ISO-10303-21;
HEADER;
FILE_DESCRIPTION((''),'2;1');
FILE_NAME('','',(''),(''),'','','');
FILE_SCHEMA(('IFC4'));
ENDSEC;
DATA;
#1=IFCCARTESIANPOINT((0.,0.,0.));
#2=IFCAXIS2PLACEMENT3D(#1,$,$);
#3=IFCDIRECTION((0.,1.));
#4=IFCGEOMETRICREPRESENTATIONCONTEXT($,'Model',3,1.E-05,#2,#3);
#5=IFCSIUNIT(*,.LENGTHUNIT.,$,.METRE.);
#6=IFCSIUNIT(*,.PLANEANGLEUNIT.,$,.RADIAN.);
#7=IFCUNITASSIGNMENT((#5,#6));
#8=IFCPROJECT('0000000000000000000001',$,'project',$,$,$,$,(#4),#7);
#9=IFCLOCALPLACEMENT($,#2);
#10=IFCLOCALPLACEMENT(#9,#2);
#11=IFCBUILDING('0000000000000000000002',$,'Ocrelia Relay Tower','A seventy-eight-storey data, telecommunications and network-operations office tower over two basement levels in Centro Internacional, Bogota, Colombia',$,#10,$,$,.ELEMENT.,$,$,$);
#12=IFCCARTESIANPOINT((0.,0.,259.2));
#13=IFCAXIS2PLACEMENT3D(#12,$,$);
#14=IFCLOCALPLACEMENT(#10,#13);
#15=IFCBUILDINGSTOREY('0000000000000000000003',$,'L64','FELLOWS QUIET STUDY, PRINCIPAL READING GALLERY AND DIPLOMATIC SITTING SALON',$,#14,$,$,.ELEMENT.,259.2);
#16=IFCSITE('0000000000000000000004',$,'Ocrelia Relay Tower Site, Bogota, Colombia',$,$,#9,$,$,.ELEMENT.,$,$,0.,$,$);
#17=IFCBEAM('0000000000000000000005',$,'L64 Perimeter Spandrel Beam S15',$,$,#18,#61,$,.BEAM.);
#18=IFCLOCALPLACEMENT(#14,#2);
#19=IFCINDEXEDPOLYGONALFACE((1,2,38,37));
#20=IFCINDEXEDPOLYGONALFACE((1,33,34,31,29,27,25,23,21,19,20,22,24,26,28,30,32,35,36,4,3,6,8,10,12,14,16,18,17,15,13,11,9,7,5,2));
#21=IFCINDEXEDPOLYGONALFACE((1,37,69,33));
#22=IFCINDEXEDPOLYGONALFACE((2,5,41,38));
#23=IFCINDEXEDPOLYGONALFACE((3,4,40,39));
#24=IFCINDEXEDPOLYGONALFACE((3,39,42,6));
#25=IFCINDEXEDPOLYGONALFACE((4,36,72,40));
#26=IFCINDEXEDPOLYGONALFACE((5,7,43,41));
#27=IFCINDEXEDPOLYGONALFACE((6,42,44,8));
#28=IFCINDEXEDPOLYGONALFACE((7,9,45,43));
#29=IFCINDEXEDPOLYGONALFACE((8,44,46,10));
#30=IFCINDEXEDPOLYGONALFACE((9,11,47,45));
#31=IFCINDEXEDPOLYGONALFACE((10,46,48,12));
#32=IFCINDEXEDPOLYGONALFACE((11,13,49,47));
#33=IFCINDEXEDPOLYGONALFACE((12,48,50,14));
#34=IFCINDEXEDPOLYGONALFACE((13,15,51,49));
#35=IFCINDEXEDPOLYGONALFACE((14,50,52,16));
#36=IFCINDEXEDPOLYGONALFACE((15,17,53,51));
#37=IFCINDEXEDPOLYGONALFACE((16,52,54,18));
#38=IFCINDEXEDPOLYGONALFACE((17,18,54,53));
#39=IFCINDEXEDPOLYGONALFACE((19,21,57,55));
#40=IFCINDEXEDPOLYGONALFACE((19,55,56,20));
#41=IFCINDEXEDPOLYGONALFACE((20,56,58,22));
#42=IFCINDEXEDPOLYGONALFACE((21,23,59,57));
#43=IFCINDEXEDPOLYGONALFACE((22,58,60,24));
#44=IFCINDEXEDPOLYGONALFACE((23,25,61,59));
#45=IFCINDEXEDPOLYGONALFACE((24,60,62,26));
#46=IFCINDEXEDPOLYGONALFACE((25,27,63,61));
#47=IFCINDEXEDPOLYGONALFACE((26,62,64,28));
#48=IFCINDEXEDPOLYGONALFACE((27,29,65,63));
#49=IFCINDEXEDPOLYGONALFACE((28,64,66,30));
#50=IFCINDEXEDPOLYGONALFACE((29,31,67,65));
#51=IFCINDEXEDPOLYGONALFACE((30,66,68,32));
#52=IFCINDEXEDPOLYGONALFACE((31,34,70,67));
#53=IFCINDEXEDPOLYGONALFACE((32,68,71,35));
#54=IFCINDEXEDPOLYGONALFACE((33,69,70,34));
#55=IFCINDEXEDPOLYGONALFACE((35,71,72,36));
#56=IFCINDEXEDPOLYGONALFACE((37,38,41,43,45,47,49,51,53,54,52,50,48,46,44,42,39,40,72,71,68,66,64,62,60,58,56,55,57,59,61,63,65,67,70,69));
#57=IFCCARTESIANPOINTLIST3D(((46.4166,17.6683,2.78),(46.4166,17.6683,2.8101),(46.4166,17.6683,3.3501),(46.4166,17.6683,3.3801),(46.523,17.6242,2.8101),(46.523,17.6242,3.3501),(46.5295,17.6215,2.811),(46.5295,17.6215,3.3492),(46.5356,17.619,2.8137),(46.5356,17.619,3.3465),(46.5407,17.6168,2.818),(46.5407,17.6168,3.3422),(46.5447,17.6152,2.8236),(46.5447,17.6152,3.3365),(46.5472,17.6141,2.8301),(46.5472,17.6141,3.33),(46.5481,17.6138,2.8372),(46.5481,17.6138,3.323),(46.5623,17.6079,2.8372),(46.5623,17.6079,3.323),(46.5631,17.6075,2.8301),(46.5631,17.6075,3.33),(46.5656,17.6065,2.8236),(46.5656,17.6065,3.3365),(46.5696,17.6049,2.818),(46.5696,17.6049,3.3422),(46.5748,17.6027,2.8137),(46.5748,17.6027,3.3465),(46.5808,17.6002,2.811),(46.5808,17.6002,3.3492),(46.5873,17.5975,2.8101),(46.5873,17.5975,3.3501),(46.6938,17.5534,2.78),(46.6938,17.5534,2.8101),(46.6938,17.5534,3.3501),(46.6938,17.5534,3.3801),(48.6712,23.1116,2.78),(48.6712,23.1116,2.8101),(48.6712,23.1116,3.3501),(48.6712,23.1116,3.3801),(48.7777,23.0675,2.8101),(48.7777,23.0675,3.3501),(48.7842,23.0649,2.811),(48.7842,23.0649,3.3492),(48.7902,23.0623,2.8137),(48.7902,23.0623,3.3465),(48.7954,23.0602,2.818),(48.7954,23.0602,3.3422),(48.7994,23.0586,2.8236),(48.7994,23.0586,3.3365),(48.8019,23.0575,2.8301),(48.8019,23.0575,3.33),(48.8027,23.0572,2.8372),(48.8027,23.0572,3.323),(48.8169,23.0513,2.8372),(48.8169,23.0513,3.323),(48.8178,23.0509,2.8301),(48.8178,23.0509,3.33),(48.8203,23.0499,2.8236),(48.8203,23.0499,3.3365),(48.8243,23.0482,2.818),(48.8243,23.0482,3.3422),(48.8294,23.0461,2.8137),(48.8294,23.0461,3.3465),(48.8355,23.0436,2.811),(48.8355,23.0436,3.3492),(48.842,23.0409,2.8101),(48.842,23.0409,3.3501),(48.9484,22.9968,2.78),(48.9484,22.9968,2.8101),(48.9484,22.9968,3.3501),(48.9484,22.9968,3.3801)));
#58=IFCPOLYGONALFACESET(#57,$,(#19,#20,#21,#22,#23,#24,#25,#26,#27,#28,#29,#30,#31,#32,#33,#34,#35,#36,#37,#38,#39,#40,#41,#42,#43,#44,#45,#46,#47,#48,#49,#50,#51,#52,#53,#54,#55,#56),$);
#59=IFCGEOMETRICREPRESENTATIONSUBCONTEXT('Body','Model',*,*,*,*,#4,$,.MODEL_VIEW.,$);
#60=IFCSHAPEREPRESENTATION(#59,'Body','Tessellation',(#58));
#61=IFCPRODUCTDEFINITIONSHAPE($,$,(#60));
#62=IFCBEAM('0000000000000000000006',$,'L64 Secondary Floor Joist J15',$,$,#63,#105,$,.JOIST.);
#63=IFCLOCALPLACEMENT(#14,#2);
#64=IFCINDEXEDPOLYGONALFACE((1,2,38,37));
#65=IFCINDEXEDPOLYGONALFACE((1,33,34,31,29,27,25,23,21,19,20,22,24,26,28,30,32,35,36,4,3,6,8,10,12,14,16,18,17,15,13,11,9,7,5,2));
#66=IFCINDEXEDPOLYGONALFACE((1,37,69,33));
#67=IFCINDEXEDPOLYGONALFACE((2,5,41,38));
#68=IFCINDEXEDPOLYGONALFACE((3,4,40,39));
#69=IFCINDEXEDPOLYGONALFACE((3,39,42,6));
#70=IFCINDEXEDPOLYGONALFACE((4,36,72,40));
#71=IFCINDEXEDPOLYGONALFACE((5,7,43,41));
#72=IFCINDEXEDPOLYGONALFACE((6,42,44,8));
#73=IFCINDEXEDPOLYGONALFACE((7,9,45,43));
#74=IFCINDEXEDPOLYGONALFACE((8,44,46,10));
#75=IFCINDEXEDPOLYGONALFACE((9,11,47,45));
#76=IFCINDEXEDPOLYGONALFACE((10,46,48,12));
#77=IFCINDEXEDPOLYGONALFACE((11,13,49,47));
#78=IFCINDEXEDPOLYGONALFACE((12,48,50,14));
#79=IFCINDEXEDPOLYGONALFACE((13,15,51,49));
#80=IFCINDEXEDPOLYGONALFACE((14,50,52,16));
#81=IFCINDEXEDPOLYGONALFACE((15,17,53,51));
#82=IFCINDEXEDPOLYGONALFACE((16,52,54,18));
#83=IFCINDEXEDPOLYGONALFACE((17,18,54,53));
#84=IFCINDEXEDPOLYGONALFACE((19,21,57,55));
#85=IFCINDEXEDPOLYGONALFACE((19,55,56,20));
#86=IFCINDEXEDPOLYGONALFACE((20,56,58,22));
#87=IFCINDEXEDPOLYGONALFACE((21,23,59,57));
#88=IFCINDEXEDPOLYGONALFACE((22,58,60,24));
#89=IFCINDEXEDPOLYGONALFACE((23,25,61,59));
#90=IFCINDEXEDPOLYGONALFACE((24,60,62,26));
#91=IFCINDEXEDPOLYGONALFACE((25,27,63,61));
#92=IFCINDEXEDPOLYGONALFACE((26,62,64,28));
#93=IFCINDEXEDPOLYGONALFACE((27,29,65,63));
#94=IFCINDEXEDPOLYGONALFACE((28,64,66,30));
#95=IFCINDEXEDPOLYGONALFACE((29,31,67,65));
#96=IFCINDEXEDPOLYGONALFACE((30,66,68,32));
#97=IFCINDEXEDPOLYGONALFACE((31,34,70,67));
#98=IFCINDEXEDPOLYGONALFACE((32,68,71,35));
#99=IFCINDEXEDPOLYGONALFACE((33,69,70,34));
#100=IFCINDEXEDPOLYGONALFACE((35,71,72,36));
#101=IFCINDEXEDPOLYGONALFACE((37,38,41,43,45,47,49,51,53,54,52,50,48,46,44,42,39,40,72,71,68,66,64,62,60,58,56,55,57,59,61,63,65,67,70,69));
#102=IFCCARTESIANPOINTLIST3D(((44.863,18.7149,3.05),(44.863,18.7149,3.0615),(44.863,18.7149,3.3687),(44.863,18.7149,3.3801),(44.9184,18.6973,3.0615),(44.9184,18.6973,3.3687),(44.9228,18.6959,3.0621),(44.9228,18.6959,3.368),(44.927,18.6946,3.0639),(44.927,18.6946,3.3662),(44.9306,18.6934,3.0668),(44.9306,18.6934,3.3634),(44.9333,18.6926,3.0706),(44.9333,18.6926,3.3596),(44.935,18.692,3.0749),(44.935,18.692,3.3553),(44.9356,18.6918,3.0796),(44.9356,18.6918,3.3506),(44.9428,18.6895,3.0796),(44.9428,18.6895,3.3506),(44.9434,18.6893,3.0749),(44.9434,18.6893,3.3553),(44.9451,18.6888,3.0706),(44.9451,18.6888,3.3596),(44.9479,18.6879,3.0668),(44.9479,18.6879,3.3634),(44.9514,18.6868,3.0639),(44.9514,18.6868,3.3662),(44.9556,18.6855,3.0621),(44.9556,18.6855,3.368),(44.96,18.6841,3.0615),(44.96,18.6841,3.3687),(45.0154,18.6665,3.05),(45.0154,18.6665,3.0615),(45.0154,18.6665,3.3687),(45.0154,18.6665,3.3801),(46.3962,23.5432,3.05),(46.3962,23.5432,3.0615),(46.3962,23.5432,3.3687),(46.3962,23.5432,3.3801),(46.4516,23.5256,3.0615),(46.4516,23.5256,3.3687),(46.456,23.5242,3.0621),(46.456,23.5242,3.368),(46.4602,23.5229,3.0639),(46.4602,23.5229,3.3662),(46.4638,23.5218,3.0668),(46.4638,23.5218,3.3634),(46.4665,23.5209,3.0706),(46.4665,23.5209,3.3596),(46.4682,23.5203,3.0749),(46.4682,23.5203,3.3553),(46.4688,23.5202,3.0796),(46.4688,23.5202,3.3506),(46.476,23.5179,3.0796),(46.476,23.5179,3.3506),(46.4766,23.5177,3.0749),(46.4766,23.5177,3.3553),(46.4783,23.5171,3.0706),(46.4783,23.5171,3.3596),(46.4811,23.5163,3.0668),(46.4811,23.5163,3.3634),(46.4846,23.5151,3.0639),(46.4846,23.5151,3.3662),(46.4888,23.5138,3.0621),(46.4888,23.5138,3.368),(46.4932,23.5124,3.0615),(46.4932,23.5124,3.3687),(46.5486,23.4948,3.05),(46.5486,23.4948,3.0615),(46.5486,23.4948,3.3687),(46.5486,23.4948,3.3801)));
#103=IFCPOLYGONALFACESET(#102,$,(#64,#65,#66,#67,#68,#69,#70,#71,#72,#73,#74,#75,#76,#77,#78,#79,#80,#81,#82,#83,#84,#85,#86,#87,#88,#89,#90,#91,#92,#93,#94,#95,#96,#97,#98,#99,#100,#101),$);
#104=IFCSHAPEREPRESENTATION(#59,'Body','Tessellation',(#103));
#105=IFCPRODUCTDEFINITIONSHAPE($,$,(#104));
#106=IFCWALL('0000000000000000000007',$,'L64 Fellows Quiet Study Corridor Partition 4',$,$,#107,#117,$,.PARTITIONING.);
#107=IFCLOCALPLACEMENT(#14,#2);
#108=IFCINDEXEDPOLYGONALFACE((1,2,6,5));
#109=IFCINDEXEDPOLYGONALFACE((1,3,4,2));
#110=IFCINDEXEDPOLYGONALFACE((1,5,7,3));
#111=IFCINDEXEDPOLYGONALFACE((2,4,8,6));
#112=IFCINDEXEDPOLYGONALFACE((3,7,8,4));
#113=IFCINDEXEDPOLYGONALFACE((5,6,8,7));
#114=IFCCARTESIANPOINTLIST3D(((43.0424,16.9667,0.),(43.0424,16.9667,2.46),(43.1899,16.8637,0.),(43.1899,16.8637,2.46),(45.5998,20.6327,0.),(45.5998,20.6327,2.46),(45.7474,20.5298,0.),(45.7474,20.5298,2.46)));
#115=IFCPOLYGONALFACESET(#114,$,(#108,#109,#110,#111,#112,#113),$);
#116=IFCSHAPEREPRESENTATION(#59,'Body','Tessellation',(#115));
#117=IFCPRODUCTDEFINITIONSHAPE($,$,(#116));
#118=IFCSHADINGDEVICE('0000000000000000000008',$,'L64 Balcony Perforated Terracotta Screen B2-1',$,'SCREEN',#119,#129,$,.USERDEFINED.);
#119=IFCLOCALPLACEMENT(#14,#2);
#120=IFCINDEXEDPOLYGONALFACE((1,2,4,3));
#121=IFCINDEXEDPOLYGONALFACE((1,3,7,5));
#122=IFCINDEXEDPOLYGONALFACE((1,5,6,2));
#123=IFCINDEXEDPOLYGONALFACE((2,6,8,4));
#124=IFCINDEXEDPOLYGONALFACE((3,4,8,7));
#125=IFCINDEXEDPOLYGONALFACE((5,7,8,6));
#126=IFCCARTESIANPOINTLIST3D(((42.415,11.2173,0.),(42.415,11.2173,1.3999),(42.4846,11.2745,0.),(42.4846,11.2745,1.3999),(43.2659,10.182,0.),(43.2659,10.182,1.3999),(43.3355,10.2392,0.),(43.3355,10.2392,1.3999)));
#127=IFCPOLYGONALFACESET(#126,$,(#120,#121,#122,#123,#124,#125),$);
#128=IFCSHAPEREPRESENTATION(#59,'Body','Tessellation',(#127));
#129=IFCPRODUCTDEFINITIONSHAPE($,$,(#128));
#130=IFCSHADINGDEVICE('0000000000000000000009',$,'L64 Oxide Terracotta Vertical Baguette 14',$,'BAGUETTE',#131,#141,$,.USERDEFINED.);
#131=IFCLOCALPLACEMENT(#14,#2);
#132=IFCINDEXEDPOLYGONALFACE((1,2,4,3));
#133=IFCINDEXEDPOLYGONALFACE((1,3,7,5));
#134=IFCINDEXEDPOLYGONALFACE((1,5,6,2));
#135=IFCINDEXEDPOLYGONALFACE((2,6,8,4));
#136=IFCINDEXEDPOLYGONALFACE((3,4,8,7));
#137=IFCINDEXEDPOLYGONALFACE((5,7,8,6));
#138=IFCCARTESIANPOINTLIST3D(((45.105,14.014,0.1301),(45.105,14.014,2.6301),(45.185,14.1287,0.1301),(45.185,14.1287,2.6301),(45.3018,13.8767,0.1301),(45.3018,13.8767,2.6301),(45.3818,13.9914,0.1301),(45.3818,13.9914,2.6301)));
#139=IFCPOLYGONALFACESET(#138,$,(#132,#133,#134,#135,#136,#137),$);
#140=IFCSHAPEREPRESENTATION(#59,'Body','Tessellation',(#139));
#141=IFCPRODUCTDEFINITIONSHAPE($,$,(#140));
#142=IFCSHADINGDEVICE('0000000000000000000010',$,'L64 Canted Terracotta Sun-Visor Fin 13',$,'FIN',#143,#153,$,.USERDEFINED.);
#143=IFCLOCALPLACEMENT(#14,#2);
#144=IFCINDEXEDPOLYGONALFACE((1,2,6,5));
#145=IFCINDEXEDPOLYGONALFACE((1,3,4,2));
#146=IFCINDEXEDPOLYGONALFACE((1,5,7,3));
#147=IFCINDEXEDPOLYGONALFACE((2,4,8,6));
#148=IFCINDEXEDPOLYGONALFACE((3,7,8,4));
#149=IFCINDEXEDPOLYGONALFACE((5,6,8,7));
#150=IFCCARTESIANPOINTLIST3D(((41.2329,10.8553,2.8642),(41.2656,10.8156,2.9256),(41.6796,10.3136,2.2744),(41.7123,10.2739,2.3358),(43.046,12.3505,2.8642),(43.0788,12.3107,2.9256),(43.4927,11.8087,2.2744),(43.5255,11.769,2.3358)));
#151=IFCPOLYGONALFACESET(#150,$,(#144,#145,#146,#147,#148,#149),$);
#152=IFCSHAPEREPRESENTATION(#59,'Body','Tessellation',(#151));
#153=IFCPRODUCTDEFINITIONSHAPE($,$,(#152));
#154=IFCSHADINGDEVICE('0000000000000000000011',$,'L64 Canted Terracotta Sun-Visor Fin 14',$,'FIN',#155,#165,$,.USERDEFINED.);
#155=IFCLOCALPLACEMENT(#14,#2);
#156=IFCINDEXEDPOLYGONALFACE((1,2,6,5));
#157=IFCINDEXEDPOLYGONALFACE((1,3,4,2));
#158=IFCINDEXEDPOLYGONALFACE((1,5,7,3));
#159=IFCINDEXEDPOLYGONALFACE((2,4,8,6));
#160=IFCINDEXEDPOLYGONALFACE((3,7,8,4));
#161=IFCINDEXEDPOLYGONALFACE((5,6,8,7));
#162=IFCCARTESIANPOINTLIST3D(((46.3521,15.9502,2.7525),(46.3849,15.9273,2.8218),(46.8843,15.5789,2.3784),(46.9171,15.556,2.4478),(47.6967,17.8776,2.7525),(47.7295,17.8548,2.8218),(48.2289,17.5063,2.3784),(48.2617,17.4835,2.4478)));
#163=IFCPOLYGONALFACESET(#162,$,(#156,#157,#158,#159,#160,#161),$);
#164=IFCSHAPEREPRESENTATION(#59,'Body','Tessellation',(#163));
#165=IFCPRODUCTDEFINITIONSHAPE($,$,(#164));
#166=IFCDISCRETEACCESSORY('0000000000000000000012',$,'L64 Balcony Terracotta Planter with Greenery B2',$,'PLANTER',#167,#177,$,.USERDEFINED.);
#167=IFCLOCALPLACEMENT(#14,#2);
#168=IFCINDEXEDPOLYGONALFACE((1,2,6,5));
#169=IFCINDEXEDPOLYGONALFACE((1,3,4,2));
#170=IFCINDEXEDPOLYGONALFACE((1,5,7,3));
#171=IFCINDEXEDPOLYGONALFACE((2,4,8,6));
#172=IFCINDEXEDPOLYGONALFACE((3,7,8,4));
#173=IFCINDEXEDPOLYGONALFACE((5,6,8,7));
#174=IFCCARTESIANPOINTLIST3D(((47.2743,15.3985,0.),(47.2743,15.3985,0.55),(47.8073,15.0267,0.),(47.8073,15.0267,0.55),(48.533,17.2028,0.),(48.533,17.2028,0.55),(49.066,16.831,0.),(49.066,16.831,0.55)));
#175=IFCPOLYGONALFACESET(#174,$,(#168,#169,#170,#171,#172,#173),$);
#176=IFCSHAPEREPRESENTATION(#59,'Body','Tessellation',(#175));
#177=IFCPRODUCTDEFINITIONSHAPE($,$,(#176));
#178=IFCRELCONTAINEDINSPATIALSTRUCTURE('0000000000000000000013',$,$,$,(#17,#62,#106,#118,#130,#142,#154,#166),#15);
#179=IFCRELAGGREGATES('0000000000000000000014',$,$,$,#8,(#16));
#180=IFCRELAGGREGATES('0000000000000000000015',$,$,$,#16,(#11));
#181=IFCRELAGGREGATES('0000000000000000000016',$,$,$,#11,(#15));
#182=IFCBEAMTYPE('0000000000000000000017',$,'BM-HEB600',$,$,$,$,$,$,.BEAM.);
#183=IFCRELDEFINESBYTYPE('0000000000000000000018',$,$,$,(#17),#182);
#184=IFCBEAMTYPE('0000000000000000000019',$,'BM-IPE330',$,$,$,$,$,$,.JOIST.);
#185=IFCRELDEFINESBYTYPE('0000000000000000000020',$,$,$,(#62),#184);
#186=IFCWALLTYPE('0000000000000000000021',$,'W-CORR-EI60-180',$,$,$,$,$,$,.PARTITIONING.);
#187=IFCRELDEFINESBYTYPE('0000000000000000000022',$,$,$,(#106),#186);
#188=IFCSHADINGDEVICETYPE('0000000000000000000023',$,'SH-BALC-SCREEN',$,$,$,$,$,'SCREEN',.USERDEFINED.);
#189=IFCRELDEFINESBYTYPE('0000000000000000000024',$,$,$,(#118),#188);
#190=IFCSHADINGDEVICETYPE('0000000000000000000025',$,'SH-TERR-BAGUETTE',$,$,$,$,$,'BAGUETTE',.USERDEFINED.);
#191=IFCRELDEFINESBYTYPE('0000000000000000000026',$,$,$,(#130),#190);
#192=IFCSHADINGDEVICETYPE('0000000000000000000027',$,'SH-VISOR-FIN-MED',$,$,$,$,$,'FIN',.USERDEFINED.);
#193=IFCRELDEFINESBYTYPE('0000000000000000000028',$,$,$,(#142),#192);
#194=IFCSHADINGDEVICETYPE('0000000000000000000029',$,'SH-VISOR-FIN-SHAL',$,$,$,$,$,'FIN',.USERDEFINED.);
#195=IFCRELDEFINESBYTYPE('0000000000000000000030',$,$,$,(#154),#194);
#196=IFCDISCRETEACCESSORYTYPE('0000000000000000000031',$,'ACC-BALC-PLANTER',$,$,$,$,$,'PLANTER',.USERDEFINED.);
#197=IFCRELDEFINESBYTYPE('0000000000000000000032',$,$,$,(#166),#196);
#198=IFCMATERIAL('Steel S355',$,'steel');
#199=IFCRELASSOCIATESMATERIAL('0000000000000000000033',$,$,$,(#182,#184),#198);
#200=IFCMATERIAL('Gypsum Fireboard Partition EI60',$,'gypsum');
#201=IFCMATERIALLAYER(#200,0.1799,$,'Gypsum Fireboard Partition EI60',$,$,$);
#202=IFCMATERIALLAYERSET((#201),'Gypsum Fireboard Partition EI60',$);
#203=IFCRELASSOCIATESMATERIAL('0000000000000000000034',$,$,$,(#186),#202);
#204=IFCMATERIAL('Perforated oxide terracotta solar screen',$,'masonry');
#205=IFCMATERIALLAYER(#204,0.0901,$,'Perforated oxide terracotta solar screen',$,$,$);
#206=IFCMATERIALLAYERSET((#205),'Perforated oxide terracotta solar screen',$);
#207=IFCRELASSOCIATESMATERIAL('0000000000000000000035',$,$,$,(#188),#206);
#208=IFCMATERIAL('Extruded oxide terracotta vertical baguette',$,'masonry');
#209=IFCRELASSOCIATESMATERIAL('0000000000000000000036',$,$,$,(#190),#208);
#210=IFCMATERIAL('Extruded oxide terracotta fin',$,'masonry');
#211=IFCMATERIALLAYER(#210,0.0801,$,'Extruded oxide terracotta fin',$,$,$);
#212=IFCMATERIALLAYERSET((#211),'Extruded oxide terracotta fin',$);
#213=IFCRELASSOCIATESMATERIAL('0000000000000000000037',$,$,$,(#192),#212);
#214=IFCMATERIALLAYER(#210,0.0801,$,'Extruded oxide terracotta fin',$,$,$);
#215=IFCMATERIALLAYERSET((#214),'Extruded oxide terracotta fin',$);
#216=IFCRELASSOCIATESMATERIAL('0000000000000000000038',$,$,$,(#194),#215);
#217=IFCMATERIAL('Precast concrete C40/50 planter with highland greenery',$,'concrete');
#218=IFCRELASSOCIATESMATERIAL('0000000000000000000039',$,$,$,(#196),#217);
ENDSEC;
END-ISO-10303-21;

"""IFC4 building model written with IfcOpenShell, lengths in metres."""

from ifc_helpers import new_model, si_unit, direction, frame, frame_2d, origin, origin_2d, place, context, subcontext, project, spatial, rectangle, i_section, extrude, material, layer, layer_set, material_profile, profile_set, type_object, element, save


model = new_model("IFC4")

# Units and contexts
model_context = context("Model", 3, precision=1e-05, world=origin(), true_north=direction((0.0, 1.0)))
body_context = subcontext(model_context, "Body", "Model", "MODEL_VIEW")
ifc_project = project(units=[si_unit("LENGTHUNIT", "METRE"), si_unit("PLANEANGLEUNIT", "RADIAN")], contexts=[model_context])

# Site, building, storey
site_placement = place(None, origin())
site = spatial("IfcSite", under=ifc_project, at=site_placement, Name="Ocrelia Relay Tower Site, Bogota, Colombia", CompositionType="ELEMENT", RefElevation=0.0)
building_placement = place(site_placement, origin())
building = spatial("IfcBuilding", under=site, at=building_placement, Name="Ocrelia Relay Tower", Description="A seventy-eight-storey data, telecommunications and network-operations office tower over two basement levels in Centro Internacional, Bogota, Colombia", CompositionType="ELEMENT")
storey_placement = place(building_placement, frame((0.0, 0.0, 259.2)))
storey = spatial("IfcBuildingStorey", under=building, at=storey_placement, Name="L64", Description="FELLOWS QUIET STUDY, PRINCIPAL READING GALLERY AND DIPLOMATIC SITTING SALON", CompositionType="ELEMENT", Elevation=259.2)

# Beams
ifc_material_1 = material(Name="Steel S355", Category="steel")
ifc_material_profile_1 = material_profile(ifc_material_1, i_section(OverallWidth=0.3, OverallDepth=0.6001, WebThickness=0.0154, FlangeThickness=0.03, FilletRadius=0.0271, at=origin_2d()), Name="HEB 600")
ifc_profile_set_1 = profile_set([ifc_material_profile_1], Name="Steel S355")
beam_type_1 = type_object("IfcBeamType", Name="BM-HEB600", PredefinedType="BEAM", material=ifc_profile_set_1)
beam_1_placement = place(storey_placement, frame((46.5552, 17.6108, 3.0801), z_axis=(0.382673, 0.923884, 0.0), x_axis=(-0.923884, 0.382673, 0.0)))
element("IfcBeam", 1, at=beam_1_placement, inside=storey, type_object=beam_type_1, Name="L64 Perimeter Spandrel Beam S15", PredefinedType="BEAM", context=body_context, shape_type="SweptSolid", body=[
    extrude(i_section(OverallWidth=0.3, OverallDepth=0.6001, WebThickness=0.0154, FlangeThickness=0.03, FilletRadius=0.0271, at=origin_2d()), origin(), (0.0, 0.0, 1.0), 5.8918),
])
ifc_material_profile_2 = material_profile(ifc_material_1, i_section(OverallWidth=0.1599, OverallDepth=0.3301, WebThickness=0.0076, FlangeThickness=0.0115, FilletRadius=0.0181, at=origin_2d()), Name="IPE 330")
ifc_profile_set_2 = profile_set([ifc_material_profile_2], Name="Steel S355")
beam_type_2 = type_object("IfcBeamType", Name="BM-IPE330", PredefinedType="JOIST", material=ifc_profile_set_2)
beam_2_placement = place(storey_placement, frame((44.9392, 18.6907, 3.2151), z_axis=(0.302649, 0.953102, 0.0), x_axis=(-0.953102, 0.302649, 0.0)))
element("IfcBeam", 2, at=beam_2_placement, inside=storey, type_object=beam_type_2, Name="L64 Secondary Floor Joist J15", PredefinedType="JOIST", context=body_context, shape_type="SweptSolid", body=[
    extrude(i_section(OverallWidth=0.1599, OverallDepth=0.3301, WebThickness=0.0076, FlangeThickness=0.0115, FilletRadius=0.0181, at=origin_2d()), origin(), (0.0, 0.0, 1.0), 5.0659),
])

# Wall
ifc_material_2 = material(Name="Gypsum Fireboard Partition EI60", Category="gypsum")
ifc_layer_1 = layer(ifc_material_2, 0.1799, Name="Gypsum Fireboard Partition EI60")
ifc_layer_set_1 = layer_set([ifc_layer_1], Name="Gypsum Fireboard Partition EI60")
wall_type_1 = type_object("IfcWallType", Name="W-CORR-EI60-180", PredefinedType="PARTITIONING", material=ifc_layer_set_1)
wall_1_placement = place(storey_placement, frame((43.1162, 16.9153, 0.0), z_axis=(0.0, 0.0, 1.0), x_axis=(0.572135, 0.82016, 0.0)))
element("IfcWall", 3, at=wall_1_placement, inside=storey, type_object=wall_type_1, Name="L64 Fellows Quiet Study Corridor Partition 4", PredefinedType="PARTITIONING", context=body_context, shape_type="SweptSolid", body=[
    extrude(rectangle(XDim=4.47, YDim=0.1799, at=frame_2d((2.2349, 0.0))), origin(), (0.0, 0.0, 1.0), 2.46),
])

# Shading devices
ifc_material_3 = material(Name="Perforated oxide terracotta solar screen", Category="masonry")
ifc_layer_2 = layer(ifc_material_3, 0.0901, Name="Perforated oxide terracotta solar screen")
ifc_layer_set_2 = layer_set([ifc_layer_2], Name="Perforated oxide terracotta solar screen")
shading_device_type_1 = type_object("IfcShadingDeviceType", Name="SH-BALC-SCREEN", ElementType="SCREEN", PredefinedType="USERDEFINED", material=ifc_layer_set_2)
shading_device_1_placement = place(storey_placement, frame((42.8752, 10.7283, 0.0), z_axis=(0.0, 0.0, 1.0), x_axis=(0.634967, -0.772539, 0.0)))
element("IfcShadingDevice", 4, at=shading_device_1_placement, inside=storey, type_object=shading_device_type_1, Name="L64 Balcony Perforated Terracotta Screen B2-1", ObjectType="SCREEN", PredefinedType="USERDEFINED", context=body_context, shape_type="SweptSolid", body=[
    extrude(rectangle(XDim=1.3401, YDim=0.0901, at=origin_2d()), origin(), (0.0, 0.0, 1.0), 1.3999),
])
ifc_material_4 = material(Name="Extruded oxide terracotta vertical baguette", Category="masonry")
shading_device_type_2 = type_object("IfcShadingDeviceType", Name="SH-TERR-BAGUETTE", ElementType="BAGUETTE", PredefinedType="USERDEFINED", material=ifc_material_4)
shading_device_2_placement = place(storey_placement, frame((45.2434, 14.0027, 0.1301), z_axis=(0.0, 0.0, 1.0), x_axis=(0.572144, 0.820153, 0.0)))
element("IfcShadingDevice", 5, at=shading_device_2_placement, inside=storey, type_object=shading_device_type_2, Name="L64 Oxide Terracotta Vertical Baguette 14", ObjectType="BAGUETTE", PredefinedType="USERDEFINED", context=body_context, shape_type="SweptSolid", body=[
    extrude(rectangle(XDim=0.1399, YDim=0.24, at=origin_2d()), origin(), (0.0, 0.0, 1.0), 2.5),
])
ifc_material_5 = material(Name="Extruded oxide terracotta fin", Category="masonry")
ifc_layer_3 = layer(ifc_material_5, 0.0801, Name="Extruded oxide terracotta fin")
ifc_layer_set_3 = layer_set([ifc_layer_3], Name="Extruded oxide terracotta fin")
shading_device_type_3 = type_object("IfcShadingDeviceType", Name="SH-VISOR-FIN-MED", ElementType="FIN", PredefinedType="USERDEFINED", material=ifc_layer_set_3)
shading_device_3_placement = place(storey_placement, frame((42.3628, 11.332, 2.5693), z_axis=(0.409194, -0.496238, 0.765708), x_axis=(0.771528, 0.636196, 0.0)))
element("IfcShadingDevice", 6, at=shading_device_3_placement, inside=storey, type_object=shading_device_type_3, Name="L64 Canted Terracotta Sun-Visor Fin 13", ObjectType="FIN", PredefinedType="USERDEFINED", context=body_context, shape_type="SweptSolid", body=[
    extrude(rectangle(XDim=2.3501, YDim=0.917, at=origin_2d()), origin(), (0.0, 0.0, 1.0), 0.0801),
])
ifc_layer_4 = layer(ifc_material_5, 0.0801, Name="Extruded oxide terracotta fin")
ifc_layer_set_4 = layer_set([ifc_layer_4], Name="Extruded oxide terracotta fin")
shading_device_type_4 = type_object("IfcShadingDeviceType", Name="SH-VISOR-FIN-SHAL", ElementType="FIN", PredefinedType="USERDEFINED", material=ifc_layer_set_4)
shading_device_4_placement = place(storey_placement, frame((47.2905, 16.7283, 2.5654), z_axis=(0.409581, -0.285726, 0.866374), x_axis=(0.572144, 0.820153, 0.0)))
element("IfcShadingDevice", 7, at=shading_device_4_placement, inside=storey, type_object=shading_device_type_4, Name="L64 Canted Terracotta Sun-Visor Fin 14", ObjectType="FIN", PredefinedType="USERDEFINED", context=body_context, shape_type="SweptSolid", body=[
    extrude(rectangle(XDim=2.3501, YDim=0.749, at=origin_2d()), origin(), (0.0, 0.0, 1.0), 0.0801),
])

# Discrete accessory
ifc_material_6 = material(Name="Precast concrete C40/50 planter with highland greenery", Category="concrete")
discrete_accessory_type_1 = type_object("IfcDiscreteAccessoryType", Name="ACC-BALC-PLANTER", ElementType="PLANTER", PredefinedType="USERDEFINED", material=ifc_material_6)
discrete_accessory_1_placement = place(storey_placement, frame((48.1702, 16.1147, 0.0), z_axis=(0.0, 0.0, 1.0), x_axis=(-0.572141, -0.820155, 0.0)))
element("IfcDiscreteAccessory", 8, at=discrete_accessory_1_placement, inside=storey, type_object=discrete_accessory_type_1, Name="L64 Balcony Terracotta Planter with Greenery B2", ObjectType="PLANTER", PredefinedType="USERDEFINED", context=body_context, shape_type="SweptSolid", body=[
    extrude(rectangle(XDim=2.2, YDim=0.6499, at=origin_2d()), origin(), (0.0, 0.0, 1.0), 0.55),
])

save(model, "model.ifc")
